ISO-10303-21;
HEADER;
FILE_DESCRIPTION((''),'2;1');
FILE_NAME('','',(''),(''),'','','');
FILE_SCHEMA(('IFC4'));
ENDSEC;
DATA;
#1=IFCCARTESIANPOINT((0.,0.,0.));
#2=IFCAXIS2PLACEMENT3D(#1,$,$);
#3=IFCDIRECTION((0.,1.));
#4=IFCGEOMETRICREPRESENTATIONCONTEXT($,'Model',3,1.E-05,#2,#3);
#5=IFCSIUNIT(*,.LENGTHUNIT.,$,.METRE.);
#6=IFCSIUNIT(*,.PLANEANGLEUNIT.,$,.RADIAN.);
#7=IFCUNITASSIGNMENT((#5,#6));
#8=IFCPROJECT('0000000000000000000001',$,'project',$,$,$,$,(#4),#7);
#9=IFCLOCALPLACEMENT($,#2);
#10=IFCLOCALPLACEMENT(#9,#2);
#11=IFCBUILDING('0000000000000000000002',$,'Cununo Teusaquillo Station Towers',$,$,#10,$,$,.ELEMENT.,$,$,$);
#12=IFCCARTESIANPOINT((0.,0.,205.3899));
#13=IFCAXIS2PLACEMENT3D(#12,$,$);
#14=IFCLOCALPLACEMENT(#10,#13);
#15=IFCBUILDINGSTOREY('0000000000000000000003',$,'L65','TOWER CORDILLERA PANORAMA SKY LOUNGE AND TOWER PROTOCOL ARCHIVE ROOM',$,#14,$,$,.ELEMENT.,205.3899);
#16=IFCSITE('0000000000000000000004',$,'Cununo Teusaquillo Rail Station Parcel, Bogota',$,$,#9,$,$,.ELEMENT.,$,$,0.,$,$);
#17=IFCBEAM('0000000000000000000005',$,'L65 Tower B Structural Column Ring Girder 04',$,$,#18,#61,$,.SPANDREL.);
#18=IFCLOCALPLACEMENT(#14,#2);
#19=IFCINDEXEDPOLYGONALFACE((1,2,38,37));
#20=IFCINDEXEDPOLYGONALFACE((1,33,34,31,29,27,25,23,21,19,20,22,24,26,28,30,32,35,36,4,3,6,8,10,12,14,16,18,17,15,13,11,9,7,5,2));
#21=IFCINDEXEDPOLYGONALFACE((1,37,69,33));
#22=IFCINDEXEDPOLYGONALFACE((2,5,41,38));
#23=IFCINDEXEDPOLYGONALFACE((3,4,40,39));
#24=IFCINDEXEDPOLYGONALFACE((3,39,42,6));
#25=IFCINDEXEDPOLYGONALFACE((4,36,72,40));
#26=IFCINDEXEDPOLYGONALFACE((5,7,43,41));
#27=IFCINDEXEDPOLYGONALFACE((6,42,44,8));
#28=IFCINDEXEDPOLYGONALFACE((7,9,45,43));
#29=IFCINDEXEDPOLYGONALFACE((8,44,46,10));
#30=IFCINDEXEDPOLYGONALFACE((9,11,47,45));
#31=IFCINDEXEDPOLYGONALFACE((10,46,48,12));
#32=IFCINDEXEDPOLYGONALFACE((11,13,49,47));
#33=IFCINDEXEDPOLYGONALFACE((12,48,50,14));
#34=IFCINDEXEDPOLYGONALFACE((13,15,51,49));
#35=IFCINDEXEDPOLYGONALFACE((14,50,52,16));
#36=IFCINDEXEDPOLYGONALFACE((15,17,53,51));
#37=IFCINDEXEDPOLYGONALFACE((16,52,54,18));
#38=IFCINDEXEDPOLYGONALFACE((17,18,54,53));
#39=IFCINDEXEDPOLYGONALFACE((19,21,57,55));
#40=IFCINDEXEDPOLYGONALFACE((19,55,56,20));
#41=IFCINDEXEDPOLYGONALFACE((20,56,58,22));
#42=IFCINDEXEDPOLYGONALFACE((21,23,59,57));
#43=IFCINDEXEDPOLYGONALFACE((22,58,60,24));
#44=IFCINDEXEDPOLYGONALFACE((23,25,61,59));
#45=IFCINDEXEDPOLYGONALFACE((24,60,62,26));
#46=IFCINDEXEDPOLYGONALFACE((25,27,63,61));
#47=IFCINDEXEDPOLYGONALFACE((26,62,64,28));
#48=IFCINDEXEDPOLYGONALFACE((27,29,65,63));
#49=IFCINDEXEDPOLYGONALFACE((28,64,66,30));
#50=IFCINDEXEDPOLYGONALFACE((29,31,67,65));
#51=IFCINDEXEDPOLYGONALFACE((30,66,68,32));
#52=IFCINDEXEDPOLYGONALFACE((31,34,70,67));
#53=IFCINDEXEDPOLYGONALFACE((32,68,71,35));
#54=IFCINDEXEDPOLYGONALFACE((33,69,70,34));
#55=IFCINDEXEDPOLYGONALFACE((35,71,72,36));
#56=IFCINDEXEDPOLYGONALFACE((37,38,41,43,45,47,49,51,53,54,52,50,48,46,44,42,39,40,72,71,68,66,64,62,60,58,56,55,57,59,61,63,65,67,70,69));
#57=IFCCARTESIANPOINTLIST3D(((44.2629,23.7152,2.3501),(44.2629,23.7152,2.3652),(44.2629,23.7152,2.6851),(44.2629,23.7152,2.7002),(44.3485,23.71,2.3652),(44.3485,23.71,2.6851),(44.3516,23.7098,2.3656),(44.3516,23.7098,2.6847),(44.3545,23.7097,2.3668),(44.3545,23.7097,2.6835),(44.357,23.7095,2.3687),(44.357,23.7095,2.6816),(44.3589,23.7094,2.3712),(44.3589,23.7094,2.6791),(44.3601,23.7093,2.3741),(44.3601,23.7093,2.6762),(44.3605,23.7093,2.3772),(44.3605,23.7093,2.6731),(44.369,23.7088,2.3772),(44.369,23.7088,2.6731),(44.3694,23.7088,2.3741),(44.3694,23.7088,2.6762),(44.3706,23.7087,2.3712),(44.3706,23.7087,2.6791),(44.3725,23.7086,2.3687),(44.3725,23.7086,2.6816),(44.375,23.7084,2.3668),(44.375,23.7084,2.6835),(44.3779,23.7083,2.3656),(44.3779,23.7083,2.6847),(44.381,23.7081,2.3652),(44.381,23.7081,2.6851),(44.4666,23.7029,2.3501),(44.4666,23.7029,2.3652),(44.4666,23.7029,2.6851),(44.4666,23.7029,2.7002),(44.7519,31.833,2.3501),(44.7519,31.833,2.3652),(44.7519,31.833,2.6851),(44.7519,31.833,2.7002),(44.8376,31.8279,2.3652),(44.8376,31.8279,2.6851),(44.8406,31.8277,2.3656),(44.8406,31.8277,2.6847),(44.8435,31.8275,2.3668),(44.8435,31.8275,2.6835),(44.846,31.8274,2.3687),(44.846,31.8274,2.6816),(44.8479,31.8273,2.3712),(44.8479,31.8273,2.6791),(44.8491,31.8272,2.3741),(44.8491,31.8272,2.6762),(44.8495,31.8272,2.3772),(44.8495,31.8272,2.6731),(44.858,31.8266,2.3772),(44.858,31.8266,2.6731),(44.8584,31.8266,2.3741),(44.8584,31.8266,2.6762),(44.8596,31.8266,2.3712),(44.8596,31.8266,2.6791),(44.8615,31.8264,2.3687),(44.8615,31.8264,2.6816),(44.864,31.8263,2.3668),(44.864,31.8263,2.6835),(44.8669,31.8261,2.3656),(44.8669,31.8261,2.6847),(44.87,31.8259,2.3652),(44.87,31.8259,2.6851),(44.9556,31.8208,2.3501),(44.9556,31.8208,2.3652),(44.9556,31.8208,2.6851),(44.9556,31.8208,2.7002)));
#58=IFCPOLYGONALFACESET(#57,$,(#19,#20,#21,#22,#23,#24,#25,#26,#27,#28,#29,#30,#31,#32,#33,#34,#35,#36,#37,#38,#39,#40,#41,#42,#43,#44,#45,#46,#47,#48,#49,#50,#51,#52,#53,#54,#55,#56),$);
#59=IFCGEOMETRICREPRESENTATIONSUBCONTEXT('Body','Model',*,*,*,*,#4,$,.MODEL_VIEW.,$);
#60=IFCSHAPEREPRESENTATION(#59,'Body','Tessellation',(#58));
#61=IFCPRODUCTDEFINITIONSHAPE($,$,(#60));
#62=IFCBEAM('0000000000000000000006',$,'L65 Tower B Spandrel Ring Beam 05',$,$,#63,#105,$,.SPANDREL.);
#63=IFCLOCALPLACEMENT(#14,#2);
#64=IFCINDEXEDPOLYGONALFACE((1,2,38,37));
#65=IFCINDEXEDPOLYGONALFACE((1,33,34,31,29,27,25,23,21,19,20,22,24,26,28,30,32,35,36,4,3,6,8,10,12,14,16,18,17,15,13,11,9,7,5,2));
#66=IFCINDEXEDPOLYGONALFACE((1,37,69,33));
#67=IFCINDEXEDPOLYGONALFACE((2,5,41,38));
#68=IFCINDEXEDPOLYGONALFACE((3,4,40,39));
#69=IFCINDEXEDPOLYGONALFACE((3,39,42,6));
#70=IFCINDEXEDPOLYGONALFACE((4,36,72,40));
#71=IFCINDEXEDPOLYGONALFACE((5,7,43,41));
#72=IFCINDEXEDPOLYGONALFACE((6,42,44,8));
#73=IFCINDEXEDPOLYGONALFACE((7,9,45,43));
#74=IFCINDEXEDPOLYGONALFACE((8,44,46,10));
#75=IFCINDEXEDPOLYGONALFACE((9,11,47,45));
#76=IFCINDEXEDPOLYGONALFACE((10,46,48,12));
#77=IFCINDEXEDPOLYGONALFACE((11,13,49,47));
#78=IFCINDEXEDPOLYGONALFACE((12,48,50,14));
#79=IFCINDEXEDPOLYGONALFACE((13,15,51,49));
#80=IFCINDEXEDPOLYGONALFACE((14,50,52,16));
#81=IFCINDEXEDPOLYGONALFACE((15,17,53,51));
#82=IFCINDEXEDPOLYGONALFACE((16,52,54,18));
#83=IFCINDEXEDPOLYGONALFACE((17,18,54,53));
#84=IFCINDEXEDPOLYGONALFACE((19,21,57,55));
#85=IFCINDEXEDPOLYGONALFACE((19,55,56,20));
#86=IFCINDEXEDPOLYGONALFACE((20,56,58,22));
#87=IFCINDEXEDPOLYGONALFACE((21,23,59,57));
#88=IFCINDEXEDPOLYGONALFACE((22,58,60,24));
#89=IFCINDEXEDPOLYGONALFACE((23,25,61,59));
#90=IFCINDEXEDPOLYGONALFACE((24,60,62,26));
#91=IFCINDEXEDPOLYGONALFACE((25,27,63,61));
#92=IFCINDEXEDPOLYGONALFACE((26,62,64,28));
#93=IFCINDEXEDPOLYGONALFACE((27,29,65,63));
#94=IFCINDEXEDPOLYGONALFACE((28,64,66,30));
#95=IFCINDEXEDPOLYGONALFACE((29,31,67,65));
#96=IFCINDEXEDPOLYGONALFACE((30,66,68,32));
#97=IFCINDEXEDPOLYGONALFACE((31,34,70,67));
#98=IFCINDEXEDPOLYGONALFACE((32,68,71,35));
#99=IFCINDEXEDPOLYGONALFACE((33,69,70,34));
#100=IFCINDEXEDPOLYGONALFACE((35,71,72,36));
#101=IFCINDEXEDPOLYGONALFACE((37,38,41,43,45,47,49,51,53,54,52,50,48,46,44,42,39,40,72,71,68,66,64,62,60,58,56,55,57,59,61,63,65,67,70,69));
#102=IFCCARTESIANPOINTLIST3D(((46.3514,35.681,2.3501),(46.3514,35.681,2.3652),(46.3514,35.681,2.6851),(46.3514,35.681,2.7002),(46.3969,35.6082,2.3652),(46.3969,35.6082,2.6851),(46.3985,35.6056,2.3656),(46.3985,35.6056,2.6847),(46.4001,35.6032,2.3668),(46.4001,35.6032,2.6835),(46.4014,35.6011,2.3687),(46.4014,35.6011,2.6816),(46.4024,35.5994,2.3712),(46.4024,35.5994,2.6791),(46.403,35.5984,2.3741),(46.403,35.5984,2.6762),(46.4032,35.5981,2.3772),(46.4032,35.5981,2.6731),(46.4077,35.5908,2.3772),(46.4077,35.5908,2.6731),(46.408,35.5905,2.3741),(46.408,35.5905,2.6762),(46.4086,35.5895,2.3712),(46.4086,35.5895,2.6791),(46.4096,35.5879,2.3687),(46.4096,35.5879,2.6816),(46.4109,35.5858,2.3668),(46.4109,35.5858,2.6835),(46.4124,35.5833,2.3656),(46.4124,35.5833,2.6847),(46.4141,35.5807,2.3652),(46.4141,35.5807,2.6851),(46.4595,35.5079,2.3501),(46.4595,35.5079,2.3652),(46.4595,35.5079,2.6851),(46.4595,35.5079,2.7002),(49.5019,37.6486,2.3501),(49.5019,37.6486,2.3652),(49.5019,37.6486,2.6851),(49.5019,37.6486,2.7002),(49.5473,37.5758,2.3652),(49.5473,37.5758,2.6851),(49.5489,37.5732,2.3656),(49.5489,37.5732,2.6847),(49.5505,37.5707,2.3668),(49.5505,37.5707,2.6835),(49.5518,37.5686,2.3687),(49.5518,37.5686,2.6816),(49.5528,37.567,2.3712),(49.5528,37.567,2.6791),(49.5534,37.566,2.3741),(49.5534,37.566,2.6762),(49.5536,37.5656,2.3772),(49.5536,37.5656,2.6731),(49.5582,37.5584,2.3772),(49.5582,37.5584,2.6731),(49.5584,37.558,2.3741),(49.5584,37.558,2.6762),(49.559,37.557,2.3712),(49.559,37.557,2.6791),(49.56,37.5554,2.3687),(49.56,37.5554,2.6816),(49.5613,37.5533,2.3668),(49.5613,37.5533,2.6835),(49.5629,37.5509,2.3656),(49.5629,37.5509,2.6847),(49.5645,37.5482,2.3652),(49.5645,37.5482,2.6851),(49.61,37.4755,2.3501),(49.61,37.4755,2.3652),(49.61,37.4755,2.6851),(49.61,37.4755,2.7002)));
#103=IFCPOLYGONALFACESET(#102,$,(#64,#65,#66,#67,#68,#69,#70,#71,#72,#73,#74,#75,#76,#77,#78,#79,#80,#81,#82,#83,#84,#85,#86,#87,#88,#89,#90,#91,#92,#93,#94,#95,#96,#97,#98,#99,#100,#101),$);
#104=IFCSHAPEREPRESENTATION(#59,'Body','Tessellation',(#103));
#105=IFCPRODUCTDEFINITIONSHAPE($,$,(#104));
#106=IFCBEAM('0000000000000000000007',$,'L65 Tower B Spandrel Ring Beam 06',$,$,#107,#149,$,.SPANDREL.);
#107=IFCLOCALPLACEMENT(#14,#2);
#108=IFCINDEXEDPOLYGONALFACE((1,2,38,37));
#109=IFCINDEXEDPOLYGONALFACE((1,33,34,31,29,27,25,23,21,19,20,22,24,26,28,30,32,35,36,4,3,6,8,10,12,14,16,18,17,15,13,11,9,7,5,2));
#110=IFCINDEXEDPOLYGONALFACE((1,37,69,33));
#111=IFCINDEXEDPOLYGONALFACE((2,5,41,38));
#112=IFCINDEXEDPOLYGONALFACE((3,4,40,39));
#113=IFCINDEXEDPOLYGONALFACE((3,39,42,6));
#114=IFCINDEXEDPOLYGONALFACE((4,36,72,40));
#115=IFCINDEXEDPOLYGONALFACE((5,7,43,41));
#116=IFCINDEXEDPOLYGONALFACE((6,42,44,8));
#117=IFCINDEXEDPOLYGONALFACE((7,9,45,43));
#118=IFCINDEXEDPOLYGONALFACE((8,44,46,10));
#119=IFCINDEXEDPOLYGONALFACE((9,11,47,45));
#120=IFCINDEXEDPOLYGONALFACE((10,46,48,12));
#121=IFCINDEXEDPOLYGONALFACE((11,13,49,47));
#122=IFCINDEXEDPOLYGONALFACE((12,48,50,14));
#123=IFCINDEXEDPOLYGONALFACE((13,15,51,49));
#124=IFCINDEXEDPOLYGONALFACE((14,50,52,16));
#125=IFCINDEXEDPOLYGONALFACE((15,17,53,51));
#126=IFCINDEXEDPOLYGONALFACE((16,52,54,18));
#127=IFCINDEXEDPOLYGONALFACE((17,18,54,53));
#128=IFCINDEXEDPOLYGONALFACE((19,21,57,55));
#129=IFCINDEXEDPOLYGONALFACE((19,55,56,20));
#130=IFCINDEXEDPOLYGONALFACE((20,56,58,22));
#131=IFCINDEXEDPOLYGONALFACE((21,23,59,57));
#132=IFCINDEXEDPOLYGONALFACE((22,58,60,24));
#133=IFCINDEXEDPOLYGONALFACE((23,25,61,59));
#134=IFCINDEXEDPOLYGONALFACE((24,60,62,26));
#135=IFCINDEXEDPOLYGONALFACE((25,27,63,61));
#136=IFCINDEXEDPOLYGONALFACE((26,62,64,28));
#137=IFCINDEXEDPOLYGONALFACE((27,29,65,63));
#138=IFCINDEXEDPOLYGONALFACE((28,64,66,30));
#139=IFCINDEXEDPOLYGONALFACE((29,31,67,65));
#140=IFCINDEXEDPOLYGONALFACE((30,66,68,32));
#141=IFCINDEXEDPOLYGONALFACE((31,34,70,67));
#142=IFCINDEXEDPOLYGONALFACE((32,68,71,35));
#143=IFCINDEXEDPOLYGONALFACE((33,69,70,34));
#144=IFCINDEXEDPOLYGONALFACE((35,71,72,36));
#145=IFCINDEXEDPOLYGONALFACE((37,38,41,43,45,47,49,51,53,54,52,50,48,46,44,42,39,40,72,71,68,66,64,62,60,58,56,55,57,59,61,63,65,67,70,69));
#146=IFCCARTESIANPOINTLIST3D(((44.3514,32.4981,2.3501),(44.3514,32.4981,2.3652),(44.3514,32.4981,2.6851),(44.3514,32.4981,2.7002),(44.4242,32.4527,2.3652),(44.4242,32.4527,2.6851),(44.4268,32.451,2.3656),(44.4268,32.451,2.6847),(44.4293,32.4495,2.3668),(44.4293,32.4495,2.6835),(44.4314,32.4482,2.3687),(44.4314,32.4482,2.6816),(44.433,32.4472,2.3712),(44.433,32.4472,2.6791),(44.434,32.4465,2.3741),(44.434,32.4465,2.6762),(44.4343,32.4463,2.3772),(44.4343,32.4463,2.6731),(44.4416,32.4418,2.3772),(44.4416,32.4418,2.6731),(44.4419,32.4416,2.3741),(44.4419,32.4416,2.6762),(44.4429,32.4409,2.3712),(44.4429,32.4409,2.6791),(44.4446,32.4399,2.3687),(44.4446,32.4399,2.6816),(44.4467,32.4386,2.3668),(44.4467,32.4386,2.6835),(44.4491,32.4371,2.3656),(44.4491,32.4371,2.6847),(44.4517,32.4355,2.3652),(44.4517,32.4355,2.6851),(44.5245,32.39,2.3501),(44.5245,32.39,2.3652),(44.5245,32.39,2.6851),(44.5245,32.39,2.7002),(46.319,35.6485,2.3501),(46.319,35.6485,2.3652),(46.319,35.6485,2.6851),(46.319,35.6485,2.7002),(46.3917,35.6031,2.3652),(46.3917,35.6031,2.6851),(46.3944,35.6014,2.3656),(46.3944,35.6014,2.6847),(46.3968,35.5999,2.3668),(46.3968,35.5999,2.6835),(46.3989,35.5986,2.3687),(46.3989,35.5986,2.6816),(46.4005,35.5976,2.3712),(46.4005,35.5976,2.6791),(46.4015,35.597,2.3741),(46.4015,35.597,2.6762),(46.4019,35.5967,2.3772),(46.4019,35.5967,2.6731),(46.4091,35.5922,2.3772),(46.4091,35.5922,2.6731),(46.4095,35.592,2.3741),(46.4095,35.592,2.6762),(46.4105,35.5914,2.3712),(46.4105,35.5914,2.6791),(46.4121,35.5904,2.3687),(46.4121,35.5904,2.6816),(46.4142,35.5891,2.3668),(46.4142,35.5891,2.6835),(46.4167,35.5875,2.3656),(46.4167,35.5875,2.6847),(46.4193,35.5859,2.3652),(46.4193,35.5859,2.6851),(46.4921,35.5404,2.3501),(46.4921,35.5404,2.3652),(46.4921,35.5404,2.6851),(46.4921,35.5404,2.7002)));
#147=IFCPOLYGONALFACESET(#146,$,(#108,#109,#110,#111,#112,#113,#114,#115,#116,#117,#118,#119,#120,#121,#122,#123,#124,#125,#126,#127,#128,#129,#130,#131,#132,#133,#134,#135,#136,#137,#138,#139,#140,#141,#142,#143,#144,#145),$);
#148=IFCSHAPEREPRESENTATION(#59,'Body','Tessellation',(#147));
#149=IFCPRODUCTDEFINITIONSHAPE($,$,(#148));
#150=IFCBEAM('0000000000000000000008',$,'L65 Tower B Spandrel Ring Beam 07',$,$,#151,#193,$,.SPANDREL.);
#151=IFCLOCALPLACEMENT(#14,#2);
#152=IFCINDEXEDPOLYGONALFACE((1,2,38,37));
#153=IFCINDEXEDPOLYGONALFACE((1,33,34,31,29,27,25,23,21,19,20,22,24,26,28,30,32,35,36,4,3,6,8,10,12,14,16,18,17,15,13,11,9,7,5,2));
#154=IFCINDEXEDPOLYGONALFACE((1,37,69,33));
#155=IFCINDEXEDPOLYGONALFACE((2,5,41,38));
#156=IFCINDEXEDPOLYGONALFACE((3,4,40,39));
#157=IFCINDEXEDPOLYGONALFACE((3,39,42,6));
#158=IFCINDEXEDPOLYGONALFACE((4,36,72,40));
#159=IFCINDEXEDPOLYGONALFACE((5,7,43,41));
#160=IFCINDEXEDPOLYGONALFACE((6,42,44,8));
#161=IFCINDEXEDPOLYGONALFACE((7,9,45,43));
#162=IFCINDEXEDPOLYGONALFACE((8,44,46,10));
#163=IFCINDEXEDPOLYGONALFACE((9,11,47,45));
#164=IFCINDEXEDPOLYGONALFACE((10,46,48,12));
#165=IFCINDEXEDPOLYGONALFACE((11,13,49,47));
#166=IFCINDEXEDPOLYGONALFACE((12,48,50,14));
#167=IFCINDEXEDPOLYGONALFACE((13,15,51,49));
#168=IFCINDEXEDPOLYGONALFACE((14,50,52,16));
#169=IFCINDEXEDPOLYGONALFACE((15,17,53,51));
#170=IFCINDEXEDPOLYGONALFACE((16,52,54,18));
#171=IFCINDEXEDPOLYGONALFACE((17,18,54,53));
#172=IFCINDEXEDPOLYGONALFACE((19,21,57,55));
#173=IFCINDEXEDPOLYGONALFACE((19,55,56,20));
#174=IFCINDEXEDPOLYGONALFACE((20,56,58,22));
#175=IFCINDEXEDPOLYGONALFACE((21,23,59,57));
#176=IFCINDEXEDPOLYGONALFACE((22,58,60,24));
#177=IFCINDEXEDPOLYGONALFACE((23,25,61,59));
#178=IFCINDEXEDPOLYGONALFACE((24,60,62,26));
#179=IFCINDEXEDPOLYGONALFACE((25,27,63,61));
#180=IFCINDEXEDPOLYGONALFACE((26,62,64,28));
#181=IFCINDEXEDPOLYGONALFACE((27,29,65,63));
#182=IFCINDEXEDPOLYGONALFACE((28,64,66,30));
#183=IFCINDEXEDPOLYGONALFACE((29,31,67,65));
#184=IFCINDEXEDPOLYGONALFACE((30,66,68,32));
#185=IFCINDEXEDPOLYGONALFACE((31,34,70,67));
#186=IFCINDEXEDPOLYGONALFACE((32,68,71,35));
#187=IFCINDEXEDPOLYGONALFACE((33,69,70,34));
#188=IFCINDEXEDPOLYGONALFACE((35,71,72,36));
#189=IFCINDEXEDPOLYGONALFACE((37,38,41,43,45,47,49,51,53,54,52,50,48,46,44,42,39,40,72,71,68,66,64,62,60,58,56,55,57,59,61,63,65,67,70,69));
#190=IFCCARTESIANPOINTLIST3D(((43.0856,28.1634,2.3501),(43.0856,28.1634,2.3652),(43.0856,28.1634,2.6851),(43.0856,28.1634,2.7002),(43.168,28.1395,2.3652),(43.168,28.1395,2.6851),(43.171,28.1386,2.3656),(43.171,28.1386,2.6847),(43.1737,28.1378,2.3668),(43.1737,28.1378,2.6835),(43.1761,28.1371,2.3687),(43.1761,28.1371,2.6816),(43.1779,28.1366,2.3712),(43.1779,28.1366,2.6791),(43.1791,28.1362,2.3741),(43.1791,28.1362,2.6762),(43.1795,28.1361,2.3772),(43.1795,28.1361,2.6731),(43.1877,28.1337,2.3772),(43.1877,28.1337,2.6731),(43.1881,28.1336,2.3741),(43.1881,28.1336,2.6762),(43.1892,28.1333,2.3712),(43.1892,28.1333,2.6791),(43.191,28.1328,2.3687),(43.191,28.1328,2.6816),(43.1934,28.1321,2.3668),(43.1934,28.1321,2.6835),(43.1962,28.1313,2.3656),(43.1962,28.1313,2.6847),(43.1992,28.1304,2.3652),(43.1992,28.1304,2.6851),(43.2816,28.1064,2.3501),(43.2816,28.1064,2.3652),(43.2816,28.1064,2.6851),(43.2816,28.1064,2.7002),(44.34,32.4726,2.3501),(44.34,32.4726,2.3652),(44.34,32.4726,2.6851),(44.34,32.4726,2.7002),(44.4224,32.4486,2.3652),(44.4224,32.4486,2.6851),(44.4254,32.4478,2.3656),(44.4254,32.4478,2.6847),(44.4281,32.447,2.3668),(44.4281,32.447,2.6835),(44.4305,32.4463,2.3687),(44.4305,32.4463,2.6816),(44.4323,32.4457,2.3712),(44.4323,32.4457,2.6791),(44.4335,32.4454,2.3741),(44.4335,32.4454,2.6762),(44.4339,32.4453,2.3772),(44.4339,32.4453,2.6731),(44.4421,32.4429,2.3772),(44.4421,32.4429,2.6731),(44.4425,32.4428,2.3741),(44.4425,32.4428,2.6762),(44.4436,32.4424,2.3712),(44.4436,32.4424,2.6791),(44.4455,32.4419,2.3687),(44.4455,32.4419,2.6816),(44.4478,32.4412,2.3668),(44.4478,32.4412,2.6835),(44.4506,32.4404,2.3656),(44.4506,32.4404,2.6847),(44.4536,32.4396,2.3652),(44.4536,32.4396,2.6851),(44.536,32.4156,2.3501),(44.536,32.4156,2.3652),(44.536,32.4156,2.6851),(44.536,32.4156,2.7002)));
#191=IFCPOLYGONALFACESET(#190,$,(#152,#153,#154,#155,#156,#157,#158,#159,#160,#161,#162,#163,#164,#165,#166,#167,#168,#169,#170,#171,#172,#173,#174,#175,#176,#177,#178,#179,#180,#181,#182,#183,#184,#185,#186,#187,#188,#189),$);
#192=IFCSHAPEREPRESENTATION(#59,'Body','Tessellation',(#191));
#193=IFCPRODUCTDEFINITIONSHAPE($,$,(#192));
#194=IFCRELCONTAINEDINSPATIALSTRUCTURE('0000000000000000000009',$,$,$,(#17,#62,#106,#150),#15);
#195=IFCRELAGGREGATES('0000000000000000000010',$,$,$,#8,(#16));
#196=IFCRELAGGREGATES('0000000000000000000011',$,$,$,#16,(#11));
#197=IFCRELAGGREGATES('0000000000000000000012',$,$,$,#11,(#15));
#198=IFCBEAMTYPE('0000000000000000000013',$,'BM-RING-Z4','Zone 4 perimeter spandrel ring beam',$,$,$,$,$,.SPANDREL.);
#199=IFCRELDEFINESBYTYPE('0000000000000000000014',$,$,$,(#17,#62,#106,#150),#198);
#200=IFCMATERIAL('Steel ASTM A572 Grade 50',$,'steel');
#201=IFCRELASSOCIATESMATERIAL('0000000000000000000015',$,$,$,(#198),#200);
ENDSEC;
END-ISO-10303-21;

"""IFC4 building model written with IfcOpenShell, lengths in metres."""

from ifc_helpers import new_model, si_unit, direction, frame, origin, origin_2d, place, context, subcontext, project, spatial, i_section, extrude, material, material_profile, profile_set, type_object, element, save


model = new_model("IFC4")

# Units and contexts
model_context = context("Model", 3, precision=1e-05, world=origin(), true_north=direction((0.0, 1.0)))
body_context = subcontext(model_context, "Body", "Model", "MODEL_VIEW")
ifc_project = project(units=[si_unit("LENGTHUNIT", "METRE"), si_unit("PLANEANGLEUNIT", "RADIAN")], contexts=[model_context])

# Site, building, storey
site_placement = place(None, origin())
site = spatial("IfcSite", under=ifc_project, at=site_placement, Name="Cununo Teusaquillo Rail Station Parcel, Bogota", CompositionType="ELEMENT", RefElevation=0.0)
building_placement = place(site_placement, origin())
building = spatial("IfcBuilding", under=site, at=building_placement, Name="Cununo Teusaquillo Station Towers", CompositionType="ELEMENT")
storey_placement = place(building_placement, frame((0.0, 0.0, 205.3899)))
storey = spatial("IfcBuildingStorey", under=building, at=storey_placement, Name="L65", Description="TOWER CORDILLERA PANORAMA SKY LOUNGE AND TOWER PROTOCOL ARCHIVE ROOM", CompositionType="ELEMENT", Elevation=205.3899)

# Beams
ifc_material_1 = material(Name="Steel ASTM A572 Grade 50", Category="steel")
ifc_material_profile_1 = material_profile(ifc_material_1, i_section(OverallWidth=0.2041, OverallDepth=0.3501, WebThickness=0.0085, FlangeThickness=0.0151, FilletRadius=0.012, at=origin_2d()), Name="W14X48")
ifc_profile_set_1 = profile_set([ifc_material_profile_1], Name="Steel ASTM A572 Grade 50")
beam_type_1 = type_object("IfcBeamType", Name="BM-RING-Z4", Description="Zone 4 perimeter spandrel ring beam", PredefinedType="SPANDREL", material=ifc_profile_set_1)
beam_1_placement = place(storey_placement, frame((44.8538, 31.8269, 2.5251), z_axis=(-0.06013, -0.998191, 0.0), x_axis=(0.998191, -0.06013, 0.0)))
element("IfcBeam", 1, at=beam_1_placement, inside=storey, type_object=beam_type_1, Name="L65 Tower B Structural Column Ring Girder 04", PredefinedType="SPANDREL", context=body_context, shape_type="SweptSolid", body=[
    extrude(i_section(OverallWidth=0.2041, OverallDepth=0.3501, WebThickness=0.0085, FlangeThickness=0.0151, FilletRadius=0.012, at=origin_2d()), origin(), (0.0, 0.0, 1.0), 8.1326),
])
for number, where, z_axis, x_axis, name in (
    (2, (49.5559, 37.562, 2.5251), (-0.848176, -0.529715, 0.0), (0.529715, -0.848176, 0.0), "L65 Tower B Spandrel Ring Beam 05"),
    (3, (46.4055, 35.5945, 2.5251), (-0.529715, -0.848176, 0.0), (0.848176, -0.529715, 0.0), "L65 Tower B Spandrel Ring Beam 06"),
):
    element("IfcBeam", number, at=place(storey_placement, frame(where, z_axis=z_axis, x_axis=x_axis)), inside=storey, type_object=beam_type_1, Name=name, PredefinedType="SPANDREL", context=body_context, shape_type="SweptSolid", body=[
        extrude(i_section(OverallWidth=0.2041, OverallDepth=0.3501, WebThickness=0.0085, FlangeThickness=0.0151, FilletRadius=0.012, at=origin_2d()), origin(), (0.0, 0.0, 1.0), 3.7144),
    ])
beam_2_placement = place(storey_placement, frame((44.438, 32.4441, 2.5251), z_axis=(-0.279503, -0.960145, 0.0), x_axis=(0.960145, -0.279503, 0.0)))
element("IfcBeam", 4, at=beam_2_placement, inside=storey, type_object=beam_type_1, Name="L65 Tower B Spandrel Ring Beam 07", PredefinedType="SPANDREL", context=body_context, shape_type="SweptSolid", body=[
    extrude(i_section(OverallWidth=0.2041, OverallDepth=0.3501, WebThickness=0.0085, FlangeThickness=0.0151, FilletRadius=0.012, at=origin_2d()), origin(), (0.0, 0.0, 1.0), 4.488),
])

save(model, "model.ifc")
